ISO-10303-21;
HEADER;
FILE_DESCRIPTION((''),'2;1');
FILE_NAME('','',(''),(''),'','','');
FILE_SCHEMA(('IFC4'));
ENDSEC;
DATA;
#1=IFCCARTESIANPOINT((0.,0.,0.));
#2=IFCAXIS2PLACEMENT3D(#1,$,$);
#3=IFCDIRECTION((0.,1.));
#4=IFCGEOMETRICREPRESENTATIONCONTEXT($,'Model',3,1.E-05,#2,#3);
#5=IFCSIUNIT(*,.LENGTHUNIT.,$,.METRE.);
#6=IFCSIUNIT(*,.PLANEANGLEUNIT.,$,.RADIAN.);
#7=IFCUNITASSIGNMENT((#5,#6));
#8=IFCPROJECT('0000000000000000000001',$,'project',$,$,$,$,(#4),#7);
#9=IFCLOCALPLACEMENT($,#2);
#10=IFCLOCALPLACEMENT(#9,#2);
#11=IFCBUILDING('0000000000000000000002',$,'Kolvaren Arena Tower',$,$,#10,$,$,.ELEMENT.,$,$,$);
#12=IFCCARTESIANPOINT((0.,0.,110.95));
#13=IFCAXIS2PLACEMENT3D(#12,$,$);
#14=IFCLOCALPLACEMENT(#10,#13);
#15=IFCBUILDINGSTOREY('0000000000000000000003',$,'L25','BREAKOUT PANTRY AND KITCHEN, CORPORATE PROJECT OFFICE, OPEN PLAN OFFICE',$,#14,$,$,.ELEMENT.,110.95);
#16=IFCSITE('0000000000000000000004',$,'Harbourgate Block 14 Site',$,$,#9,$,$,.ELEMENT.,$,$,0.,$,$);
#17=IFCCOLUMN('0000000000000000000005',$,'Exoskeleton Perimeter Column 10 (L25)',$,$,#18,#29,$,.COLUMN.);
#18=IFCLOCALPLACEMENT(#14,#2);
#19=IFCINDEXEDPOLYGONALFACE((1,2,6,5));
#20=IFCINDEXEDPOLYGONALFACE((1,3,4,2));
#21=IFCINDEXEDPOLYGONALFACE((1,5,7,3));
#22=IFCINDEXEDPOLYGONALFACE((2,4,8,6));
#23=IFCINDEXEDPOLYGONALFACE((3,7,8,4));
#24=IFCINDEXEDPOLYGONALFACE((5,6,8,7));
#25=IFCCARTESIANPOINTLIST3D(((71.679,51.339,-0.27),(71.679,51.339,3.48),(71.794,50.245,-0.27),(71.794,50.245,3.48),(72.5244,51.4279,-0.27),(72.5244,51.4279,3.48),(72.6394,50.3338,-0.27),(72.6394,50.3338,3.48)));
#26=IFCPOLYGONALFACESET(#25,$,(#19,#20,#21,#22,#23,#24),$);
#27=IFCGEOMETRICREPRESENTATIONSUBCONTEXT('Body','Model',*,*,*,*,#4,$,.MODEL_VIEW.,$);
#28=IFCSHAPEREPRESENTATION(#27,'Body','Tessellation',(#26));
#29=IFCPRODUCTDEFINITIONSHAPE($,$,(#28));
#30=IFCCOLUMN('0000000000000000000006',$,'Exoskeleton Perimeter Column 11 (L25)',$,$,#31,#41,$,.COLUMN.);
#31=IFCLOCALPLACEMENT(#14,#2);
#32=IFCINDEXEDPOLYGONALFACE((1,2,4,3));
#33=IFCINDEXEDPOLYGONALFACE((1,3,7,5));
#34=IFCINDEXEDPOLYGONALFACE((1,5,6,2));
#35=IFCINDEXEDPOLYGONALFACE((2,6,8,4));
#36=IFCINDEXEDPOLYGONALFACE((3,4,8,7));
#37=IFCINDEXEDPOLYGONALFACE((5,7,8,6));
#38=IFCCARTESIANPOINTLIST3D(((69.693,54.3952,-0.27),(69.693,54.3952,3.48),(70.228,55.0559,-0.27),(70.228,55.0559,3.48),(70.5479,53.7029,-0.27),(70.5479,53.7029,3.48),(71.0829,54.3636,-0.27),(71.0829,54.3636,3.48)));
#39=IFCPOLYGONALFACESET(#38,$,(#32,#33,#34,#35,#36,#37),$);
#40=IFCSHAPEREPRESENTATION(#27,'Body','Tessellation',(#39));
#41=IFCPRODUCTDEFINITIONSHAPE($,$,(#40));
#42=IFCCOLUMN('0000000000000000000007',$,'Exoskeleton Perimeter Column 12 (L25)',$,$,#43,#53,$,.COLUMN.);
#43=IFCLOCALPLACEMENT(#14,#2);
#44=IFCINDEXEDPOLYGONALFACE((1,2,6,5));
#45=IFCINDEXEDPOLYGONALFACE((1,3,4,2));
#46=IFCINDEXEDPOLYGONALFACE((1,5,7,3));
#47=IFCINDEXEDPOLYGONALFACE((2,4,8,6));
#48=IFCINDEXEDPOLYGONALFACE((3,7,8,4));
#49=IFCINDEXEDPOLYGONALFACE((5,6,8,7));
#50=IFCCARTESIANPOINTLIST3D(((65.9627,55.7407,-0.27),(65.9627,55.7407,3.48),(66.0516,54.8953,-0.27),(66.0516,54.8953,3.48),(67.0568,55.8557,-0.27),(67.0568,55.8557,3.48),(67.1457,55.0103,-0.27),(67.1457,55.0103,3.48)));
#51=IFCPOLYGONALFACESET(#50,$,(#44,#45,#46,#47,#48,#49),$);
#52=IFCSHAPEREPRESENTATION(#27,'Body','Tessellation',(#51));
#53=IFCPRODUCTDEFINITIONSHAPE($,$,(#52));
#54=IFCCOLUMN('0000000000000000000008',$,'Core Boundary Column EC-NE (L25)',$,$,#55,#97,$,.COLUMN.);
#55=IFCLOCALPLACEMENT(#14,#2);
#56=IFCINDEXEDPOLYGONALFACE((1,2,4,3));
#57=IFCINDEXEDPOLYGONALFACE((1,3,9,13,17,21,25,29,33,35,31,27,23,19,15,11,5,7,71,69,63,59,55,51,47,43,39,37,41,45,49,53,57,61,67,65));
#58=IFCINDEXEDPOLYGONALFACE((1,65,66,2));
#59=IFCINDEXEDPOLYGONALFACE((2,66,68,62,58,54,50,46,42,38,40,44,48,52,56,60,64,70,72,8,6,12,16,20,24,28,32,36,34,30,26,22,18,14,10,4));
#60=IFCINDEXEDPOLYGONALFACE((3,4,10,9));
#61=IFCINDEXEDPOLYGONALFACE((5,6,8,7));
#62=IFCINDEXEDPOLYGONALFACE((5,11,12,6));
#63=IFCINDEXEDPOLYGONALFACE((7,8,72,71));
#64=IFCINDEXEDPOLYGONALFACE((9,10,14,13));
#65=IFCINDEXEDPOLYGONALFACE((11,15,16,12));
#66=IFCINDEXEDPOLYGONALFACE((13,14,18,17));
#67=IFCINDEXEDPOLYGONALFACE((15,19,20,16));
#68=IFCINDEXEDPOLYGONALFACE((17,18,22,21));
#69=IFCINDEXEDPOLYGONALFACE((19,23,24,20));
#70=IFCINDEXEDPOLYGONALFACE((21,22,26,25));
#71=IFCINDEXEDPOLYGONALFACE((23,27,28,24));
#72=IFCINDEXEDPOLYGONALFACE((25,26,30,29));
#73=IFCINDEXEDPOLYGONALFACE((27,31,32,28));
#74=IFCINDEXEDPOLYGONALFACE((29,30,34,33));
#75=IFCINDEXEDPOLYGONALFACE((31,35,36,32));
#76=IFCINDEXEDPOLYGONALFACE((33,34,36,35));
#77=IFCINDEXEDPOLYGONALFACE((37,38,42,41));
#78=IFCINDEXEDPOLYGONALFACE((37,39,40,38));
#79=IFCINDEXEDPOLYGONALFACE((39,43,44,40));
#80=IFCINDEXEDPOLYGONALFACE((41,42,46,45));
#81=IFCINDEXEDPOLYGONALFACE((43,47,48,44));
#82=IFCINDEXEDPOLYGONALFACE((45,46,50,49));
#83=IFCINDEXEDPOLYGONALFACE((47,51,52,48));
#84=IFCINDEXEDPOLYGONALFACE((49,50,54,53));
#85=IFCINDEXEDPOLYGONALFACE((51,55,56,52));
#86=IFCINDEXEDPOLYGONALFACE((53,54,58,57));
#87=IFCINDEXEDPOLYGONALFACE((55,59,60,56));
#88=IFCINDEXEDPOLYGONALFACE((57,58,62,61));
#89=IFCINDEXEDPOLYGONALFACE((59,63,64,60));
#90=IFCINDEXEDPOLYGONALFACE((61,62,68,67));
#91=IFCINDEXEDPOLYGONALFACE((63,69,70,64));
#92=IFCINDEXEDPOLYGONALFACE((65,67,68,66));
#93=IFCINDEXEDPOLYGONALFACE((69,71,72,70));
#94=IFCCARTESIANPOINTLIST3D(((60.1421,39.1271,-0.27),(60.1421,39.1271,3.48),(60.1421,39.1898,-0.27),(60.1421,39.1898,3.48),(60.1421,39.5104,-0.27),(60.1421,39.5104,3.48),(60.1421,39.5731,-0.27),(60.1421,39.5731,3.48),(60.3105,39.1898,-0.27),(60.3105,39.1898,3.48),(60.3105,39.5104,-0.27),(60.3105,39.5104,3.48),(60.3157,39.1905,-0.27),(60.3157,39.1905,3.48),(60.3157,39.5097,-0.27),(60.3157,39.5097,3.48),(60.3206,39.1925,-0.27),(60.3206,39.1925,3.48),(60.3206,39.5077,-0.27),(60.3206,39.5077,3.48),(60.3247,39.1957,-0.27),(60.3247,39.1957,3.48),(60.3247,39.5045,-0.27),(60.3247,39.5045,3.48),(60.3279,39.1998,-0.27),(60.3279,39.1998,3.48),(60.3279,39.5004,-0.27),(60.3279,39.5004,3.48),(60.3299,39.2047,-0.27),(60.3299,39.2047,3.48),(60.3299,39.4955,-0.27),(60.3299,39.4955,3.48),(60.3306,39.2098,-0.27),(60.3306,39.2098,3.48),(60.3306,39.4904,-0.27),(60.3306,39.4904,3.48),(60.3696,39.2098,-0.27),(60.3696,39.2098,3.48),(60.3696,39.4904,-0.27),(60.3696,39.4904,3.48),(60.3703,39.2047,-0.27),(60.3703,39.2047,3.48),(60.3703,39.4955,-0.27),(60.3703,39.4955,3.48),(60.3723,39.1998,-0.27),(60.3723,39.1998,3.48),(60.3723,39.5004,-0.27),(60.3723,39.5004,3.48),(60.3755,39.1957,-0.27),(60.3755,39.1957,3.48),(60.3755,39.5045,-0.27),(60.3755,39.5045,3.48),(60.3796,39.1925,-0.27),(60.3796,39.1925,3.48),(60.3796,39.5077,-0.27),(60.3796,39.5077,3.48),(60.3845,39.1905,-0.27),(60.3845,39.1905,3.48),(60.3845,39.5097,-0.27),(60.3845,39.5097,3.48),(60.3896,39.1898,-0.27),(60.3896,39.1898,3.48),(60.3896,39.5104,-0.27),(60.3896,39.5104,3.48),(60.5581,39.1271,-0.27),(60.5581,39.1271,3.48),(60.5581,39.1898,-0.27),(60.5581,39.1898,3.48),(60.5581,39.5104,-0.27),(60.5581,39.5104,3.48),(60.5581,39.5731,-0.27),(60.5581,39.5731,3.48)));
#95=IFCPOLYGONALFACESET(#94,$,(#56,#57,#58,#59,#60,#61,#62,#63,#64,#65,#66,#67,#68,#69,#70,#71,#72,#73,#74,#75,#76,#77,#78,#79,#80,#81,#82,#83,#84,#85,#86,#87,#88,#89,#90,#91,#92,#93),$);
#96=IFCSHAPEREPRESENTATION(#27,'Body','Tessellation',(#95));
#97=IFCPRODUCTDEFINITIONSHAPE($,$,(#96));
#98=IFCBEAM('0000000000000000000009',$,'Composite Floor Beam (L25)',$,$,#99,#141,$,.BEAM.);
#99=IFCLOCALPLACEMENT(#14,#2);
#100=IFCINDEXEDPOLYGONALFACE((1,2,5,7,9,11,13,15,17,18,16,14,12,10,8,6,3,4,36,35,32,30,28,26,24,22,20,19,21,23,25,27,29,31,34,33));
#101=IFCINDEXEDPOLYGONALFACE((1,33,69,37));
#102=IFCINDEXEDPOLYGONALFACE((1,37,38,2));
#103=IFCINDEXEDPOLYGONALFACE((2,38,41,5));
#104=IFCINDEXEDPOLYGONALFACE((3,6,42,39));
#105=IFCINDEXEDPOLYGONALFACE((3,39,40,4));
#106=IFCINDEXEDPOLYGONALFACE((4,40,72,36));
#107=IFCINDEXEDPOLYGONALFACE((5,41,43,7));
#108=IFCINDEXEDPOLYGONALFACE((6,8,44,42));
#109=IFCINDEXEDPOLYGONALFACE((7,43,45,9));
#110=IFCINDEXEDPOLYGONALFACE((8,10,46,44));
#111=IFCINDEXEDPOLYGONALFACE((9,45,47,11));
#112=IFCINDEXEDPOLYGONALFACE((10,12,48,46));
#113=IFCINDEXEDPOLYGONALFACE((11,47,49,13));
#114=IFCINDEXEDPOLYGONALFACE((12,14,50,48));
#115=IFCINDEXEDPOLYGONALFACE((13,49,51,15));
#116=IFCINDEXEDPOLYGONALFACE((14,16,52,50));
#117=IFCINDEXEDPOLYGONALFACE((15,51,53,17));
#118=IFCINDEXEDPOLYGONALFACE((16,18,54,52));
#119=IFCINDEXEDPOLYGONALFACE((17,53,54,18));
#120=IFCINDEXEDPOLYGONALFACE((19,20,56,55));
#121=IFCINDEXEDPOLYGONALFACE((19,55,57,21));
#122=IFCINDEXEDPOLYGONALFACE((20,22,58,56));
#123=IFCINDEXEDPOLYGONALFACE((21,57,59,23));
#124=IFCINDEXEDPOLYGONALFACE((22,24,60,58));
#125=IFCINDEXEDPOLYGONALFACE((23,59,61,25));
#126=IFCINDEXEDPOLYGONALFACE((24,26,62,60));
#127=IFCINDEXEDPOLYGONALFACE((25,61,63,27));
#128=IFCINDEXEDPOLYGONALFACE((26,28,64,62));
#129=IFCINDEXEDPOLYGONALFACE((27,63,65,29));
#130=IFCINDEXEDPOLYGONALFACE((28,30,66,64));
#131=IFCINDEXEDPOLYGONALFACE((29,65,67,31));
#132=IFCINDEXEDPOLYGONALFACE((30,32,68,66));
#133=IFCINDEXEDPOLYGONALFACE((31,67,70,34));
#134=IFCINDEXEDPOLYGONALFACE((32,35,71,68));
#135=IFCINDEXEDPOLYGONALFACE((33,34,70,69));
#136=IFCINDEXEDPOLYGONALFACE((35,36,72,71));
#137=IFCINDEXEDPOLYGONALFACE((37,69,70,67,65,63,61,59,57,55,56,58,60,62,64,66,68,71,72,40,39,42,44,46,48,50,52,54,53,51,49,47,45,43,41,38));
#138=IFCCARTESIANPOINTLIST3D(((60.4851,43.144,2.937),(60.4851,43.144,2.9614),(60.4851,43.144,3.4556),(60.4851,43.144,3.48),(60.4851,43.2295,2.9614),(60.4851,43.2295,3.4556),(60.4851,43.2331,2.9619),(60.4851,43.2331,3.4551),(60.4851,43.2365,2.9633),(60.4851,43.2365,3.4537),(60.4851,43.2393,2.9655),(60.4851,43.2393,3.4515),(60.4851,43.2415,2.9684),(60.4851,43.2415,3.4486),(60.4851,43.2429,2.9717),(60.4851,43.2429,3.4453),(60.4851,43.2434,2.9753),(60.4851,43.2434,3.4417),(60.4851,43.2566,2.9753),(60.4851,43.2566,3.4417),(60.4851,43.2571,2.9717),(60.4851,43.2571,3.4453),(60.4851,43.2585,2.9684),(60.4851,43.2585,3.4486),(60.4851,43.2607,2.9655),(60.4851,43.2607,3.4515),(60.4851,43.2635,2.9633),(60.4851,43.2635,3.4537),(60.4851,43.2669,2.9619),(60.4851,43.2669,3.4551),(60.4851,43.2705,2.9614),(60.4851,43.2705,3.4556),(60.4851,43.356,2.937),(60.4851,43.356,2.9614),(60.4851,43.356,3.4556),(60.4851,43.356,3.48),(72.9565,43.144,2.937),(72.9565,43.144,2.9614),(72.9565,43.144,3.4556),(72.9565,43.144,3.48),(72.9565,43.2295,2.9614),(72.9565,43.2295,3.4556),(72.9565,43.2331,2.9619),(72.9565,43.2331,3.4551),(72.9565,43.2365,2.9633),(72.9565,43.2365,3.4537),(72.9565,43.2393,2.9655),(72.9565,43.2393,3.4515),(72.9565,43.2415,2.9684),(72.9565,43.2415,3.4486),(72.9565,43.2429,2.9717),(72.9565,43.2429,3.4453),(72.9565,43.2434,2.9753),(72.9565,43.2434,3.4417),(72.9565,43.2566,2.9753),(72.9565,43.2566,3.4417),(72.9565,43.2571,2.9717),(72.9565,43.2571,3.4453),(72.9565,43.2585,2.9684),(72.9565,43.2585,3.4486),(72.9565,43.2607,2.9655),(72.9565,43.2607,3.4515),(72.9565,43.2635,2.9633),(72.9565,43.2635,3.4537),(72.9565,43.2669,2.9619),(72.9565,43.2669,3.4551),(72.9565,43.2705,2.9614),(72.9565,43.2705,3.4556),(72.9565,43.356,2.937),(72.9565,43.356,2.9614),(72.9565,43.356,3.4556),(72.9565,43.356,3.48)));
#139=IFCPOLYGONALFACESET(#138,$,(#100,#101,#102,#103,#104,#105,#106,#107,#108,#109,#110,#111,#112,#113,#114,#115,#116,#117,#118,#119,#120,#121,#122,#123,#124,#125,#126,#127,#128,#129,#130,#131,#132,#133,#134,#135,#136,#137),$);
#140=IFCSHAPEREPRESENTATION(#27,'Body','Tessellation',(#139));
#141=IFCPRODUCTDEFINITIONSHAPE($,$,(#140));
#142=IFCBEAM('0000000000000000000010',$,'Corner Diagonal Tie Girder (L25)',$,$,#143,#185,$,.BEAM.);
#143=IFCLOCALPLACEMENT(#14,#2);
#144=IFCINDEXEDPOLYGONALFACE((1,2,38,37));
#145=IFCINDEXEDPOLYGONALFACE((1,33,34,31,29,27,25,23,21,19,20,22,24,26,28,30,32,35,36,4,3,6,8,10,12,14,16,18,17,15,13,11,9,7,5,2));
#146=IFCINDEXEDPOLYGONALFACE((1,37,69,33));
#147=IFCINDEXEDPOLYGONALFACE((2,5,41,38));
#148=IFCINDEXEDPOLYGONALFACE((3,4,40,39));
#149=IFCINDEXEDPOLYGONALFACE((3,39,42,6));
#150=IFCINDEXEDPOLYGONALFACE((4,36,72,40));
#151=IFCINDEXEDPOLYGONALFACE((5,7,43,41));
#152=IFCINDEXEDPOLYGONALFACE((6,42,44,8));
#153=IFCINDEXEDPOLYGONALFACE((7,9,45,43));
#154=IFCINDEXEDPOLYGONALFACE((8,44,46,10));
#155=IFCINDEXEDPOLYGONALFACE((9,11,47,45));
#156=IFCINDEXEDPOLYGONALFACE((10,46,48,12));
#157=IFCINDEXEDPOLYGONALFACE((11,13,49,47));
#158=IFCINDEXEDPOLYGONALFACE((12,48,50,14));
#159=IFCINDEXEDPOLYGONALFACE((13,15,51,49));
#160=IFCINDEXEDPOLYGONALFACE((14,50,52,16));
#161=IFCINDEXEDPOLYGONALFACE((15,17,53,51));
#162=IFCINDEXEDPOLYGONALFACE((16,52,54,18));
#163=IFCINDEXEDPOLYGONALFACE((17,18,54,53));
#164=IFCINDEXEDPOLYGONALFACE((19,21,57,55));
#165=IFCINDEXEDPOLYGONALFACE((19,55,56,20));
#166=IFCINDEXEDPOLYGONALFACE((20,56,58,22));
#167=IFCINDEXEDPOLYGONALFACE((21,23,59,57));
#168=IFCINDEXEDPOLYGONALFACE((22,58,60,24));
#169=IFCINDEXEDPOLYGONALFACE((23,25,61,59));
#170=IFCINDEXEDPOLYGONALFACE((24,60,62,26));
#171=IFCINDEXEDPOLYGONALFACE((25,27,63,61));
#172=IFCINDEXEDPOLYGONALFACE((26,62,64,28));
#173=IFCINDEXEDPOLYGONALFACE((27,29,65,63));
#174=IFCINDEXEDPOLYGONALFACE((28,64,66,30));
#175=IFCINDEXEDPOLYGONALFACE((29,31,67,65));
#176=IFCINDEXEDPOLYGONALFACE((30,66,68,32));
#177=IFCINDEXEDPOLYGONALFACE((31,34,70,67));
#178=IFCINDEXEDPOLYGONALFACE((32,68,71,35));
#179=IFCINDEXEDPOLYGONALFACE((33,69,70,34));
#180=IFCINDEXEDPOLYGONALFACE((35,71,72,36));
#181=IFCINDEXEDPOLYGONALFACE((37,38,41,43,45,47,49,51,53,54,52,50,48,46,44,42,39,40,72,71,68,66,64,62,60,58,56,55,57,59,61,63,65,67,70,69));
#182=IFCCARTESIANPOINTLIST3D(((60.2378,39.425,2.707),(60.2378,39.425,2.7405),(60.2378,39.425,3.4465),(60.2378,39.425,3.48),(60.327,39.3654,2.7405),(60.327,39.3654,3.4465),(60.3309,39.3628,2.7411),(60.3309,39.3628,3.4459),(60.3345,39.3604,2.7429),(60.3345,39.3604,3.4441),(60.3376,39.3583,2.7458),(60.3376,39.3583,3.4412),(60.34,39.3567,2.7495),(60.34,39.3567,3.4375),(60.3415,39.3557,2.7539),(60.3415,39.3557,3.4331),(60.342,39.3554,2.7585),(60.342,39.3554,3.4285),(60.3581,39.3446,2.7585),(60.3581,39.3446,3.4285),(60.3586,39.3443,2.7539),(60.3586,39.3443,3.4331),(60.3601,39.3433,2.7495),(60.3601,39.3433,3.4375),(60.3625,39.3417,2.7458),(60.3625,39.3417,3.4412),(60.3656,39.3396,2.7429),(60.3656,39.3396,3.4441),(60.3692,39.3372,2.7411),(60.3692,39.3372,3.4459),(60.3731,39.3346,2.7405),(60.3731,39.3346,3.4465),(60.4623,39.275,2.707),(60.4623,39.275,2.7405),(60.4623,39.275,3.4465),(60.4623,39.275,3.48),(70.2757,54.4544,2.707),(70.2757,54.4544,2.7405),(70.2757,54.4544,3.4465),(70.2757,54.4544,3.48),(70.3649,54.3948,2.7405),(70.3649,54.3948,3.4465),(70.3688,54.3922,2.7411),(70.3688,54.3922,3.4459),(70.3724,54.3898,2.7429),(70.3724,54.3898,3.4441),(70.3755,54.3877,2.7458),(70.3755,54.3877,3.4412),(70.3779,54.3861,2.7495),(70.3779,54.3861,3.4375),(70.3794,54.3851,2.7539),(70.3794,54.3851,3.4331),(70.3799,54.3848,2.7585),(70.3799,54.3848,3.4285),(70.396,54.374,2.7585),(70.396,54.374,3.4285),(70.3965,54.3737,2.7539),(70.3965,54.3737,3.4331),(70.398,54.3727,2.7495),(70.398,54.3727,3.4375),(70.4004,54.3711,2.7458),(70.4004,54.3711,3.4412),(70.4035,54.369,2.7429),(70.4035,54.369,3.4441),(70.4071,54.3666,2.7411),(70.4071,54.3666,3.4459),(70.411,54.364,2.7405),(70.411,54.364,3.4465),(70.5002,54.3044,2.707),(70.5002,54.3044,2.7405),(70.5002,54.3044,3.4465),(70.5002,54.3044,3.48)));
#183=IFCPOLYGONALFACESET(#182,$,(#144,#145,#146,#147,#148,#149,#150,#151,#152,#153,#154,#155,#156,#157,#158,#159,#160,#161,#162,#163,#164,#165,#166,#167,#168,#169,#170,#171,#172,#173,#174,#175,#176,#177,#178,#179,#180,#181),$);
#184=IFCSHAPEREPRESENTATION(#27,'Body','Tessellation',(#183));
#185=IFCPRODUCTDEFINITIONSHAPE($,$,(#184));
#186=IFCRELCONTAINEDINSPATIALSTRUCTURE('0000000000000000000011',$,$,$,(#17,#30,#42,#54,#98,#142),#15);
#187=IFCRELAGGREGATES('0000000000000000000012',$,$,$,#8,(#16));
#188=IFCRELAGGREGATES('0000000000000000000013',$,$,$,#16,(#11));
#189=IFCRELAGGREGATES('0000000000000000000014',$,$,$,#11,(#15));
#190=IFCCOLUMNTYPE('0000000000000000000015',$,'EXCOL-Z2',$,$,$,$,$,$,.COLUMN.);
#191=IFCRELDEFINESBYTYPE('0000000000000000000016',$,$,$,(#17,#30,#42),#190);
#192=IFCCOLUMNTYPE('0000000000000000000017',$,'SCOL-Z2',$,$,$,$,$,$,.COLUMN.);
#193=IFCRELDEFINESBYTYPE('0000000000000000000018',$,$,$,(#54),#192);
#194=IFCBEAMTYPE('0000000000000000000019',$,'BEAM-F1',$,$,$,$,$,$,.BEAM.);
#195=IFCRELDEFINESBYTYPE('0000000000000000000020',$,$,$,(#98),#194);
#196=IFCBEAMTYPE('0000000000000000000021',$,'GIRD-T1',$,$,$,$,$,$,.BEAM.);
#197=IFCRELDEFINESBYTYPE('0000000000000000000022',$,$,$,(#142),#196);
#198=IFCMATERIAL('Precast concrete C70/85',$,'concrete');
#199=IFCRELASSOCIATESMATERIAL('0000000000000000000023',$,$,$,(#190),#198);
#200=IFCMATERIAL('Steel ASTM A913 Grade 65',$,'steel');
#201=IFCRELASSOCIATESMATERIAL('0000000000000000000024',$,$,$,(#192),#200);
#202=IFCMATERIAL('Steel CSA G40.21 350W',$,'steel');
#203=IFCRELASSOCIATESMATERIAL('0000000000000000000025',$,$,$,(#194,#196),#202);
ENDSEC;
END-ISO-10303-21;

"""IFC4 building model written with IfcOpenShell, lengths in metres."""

from ifc_helpers import new_model, si_unit, direction, frame, origin, origin_2d, place, context, subcontext, project, spatial, rectangle, i_section, extrude, material, material_profile, profile_set, type_object, element, save


model = new_model("IFC4")

# Units and contexts
model_context = context("Model", 3, precision=1e-05, world=origin(), true_north=direction((0.0, 1.0)))
body_context = subcontext(model_context, "Body", "Model", "MODEL_VIEW")
ifc_project = project(units=[si_unit("LENGTHUNIT", "METRE"), si_unit("PLANEANGLEUNIT", "RADIAN")], contexts=[model_context])

# Site, building, storey
site_placement = place(None, origin())
site = spatial("IfcSite", under=ifc_project, at=site_placement, Name="Harbourgate Block 14 Site", CompositionType="ELEMENT", RefElevation=0.0)
building_placement = place(site_placement, origin())
building = spatial("IfcBuilding", under=site, at=building_placement, Name="Kolvaren Arena Tower", CompositionType="ELEMENT")
storey_placement = place(building_placement, frame((0.0, 0.0, 110.95)))
storey = spatial("IfcBuildingStorey", under=building, at=storey_placement, Name="L25", Description="BREAKOUT PANTRY AND KITCHEN, CORPORATE PROJECT OFFICE, OPEN PLAN OFFICE", CompositionType="ELEMENT", Elevation=110.95)

# Columns
ifc_material_1 = material(Name="Precast concrete C70/85", Category="concrete")
ifc_material_profile_1 = material_profile(ifc_material_1, rectangle(XDim=1.1001, YDim=0.8501, at=origin_2d()), Name="RC-1100x850")
ifc_profile_set_1 = profile_set([ifc_material_profile_1], Name="Precast concrete C70/85")
column_type_1 = type_object("IfcColumnType", Name="EXCOL-Z2", PredefinedType="COLUMN", material=ifc_profile_set_1)
for number, where, z_axis, x_axis, name in (
    (1, (72.1592, 50.8364, -0.27), (0.0, 0.0, 1.0), (-0.104528, 0.994522, 0.0), "Exoskeleton Perimeter Column 10 (L25)"),
    (2, (70.3879, 54.3794, -0.27), (0.0, 0.0, 1.0), (-0.777146, 0.62932, 0.0), "Exoskeleton Perimeter Column 11 (L25)"),
    (3, (66.5542, 55.3755, -0.27), (0.0, 0.0, 1.0), (0.994522, 0.104528, 0.0), "Exoskeleton Perimeter Column 12 (L25)"),
):
    element("IfcColumn", number, at=place(storey_placement, frame(where, z_axis=z_axis, x_axis=x_axis)), inside=storey, type_object=column_type_1, Name=name, PredefinedType="COLUMN", context=body_context, shape_type="SweptSolid", body=[
        extrude(rectangle(XDim=1.1001, YDim=0.8501, at=origin_2d()), origin(), (0.0, 0.0, 1.0), 3.75),
    ])
ifc_material_2 = material(Name="Steel ASTM A913 Grade 65", Category="steel")
ifc_material_profile_2 = material_profile(ifc_material_2, i_section(OverallWidth=0.416, OverallDepth=0.446, WebThickness=0.0391, FlangeThickness=0.0627, FilletRadius=0.02, at=origin_2d()), Name="W360x509")
ifc_profile_set_2 = profile_set([ifc_material_profile_2], Name="Steel ASTM A913 Grade 65")
column_type_2 = type_object("IfcColumnType", Name="SCOL-Z2", PredefinedType="COLUMN", material=ifc_profile_set_2)
column_placement = place(storey_placement, frame((60.3501, 39.3501, -0.27), z_axis=(0.0, 0.0, 1.0), x_axis=(1.0, 0.0, 0.0)))
element("IfcColumn", 4, at=column_placement, inside=storey, type_object=column_type_2, Name="Core Boundary Column EC-NE (L25)", PredefinedType="COLUMN", context=body_context, shape_type="SweptSolid", body=[
    extrude(i_section(OverallWidth=0.416, OverallDepth=0.446, WebThickness=0.0391, FlangeThickness=0.0627, FilletRadius=0.02, at=origin_2d()), origin(), (0.0, 0.0, 1.0), 3.75),
])

# Beams
ifc_material_3 = material(Name="Steel CSA G40.21 350W", Category="steel")
ifc_material_profile_3 = material_profile(ifc_material_3, i_section(OverallWidth=0.2119, OverallDepth=0.543, WebThickness=0.0132, FlangeThickness=0.0244, FilletRadius=0.0139, at=origin_2d()), Name="W530x150")
ifc_profile_set_3 = profile_set([ifc_material_profile_3], Name="Steel CSA G40.21 350W")
beam_type_1 = type_object("IfcBeamType", Name="BEAM-F1", PredefinedType="BEAM", material=ifc_profile_set_3)
beam_1_placement = place(storey_placement, frame((60.4851, 43.25, 3.2085), z_axis=(1.0, 0.0, 0.0), x_axis=(0.0, 1.0, 0.0)))
element("IfcBeam", 5, at=beam_1_placement, inside=storey, type_object=beam_type_1, Name="Composite Floor Beam (L25)", PredefinedType="BEAM", context=body_context, shape_type="SweptSolid", body=[
    extrude(i_section(OverallWidth=0.2119, OverallDepth=0.543, WebThickness=0.0132, FlangeThickness=0.0244, FilletRadius=0.0139, at=origin_2d()), origin(), (0.0, 0.0, 1.0), 12.4714),
])
ifc_material_profile_4 = material_profile(ifc_material_3, i_section(OverallWidth=0.27, OverallDepth=0.7729, WebThickness=0.0193, FlangeThickness=0.0334, FilletRadius=0.0181, at=origin_2d()), Name="W760x257")
ifc_profile_set_4 = profile_set([ifc_material_profile_4], Name="Steel CSA G40.21 350W")
beam_type_2 = type_object("IfcBeamType", Name="GIRD-T1", PredefinedType="BEAM", material=ifc_profile_set_4)
beam_2_placement = place(storey_placement, frame((70.3879, 54.3794, 3.0935), z_axis=(-0.555401, -0.831582, 0.0), x_axis=(0.831582, -0.555401, 0.0)))
element("IfcBeam", 6, at=beam_2_placement, inside=storey, type_object=beam_type_2, Name="Corner Diagonal Tie Girder (L25)", PredefinedType="BEAM", context=body_context, shape_type="SweptSolid", body=[
    extrude(i_section(OverallWidth=0.27, OverallDepth=0.7729, WebThickness=0.0193, FlangeThickness=0.0334, FilletRadius=0.0181, at=origin_2d()), origin(), (0.0, 0.0, 1.0), 18.0732),
])

save(model, "model.ifc")
